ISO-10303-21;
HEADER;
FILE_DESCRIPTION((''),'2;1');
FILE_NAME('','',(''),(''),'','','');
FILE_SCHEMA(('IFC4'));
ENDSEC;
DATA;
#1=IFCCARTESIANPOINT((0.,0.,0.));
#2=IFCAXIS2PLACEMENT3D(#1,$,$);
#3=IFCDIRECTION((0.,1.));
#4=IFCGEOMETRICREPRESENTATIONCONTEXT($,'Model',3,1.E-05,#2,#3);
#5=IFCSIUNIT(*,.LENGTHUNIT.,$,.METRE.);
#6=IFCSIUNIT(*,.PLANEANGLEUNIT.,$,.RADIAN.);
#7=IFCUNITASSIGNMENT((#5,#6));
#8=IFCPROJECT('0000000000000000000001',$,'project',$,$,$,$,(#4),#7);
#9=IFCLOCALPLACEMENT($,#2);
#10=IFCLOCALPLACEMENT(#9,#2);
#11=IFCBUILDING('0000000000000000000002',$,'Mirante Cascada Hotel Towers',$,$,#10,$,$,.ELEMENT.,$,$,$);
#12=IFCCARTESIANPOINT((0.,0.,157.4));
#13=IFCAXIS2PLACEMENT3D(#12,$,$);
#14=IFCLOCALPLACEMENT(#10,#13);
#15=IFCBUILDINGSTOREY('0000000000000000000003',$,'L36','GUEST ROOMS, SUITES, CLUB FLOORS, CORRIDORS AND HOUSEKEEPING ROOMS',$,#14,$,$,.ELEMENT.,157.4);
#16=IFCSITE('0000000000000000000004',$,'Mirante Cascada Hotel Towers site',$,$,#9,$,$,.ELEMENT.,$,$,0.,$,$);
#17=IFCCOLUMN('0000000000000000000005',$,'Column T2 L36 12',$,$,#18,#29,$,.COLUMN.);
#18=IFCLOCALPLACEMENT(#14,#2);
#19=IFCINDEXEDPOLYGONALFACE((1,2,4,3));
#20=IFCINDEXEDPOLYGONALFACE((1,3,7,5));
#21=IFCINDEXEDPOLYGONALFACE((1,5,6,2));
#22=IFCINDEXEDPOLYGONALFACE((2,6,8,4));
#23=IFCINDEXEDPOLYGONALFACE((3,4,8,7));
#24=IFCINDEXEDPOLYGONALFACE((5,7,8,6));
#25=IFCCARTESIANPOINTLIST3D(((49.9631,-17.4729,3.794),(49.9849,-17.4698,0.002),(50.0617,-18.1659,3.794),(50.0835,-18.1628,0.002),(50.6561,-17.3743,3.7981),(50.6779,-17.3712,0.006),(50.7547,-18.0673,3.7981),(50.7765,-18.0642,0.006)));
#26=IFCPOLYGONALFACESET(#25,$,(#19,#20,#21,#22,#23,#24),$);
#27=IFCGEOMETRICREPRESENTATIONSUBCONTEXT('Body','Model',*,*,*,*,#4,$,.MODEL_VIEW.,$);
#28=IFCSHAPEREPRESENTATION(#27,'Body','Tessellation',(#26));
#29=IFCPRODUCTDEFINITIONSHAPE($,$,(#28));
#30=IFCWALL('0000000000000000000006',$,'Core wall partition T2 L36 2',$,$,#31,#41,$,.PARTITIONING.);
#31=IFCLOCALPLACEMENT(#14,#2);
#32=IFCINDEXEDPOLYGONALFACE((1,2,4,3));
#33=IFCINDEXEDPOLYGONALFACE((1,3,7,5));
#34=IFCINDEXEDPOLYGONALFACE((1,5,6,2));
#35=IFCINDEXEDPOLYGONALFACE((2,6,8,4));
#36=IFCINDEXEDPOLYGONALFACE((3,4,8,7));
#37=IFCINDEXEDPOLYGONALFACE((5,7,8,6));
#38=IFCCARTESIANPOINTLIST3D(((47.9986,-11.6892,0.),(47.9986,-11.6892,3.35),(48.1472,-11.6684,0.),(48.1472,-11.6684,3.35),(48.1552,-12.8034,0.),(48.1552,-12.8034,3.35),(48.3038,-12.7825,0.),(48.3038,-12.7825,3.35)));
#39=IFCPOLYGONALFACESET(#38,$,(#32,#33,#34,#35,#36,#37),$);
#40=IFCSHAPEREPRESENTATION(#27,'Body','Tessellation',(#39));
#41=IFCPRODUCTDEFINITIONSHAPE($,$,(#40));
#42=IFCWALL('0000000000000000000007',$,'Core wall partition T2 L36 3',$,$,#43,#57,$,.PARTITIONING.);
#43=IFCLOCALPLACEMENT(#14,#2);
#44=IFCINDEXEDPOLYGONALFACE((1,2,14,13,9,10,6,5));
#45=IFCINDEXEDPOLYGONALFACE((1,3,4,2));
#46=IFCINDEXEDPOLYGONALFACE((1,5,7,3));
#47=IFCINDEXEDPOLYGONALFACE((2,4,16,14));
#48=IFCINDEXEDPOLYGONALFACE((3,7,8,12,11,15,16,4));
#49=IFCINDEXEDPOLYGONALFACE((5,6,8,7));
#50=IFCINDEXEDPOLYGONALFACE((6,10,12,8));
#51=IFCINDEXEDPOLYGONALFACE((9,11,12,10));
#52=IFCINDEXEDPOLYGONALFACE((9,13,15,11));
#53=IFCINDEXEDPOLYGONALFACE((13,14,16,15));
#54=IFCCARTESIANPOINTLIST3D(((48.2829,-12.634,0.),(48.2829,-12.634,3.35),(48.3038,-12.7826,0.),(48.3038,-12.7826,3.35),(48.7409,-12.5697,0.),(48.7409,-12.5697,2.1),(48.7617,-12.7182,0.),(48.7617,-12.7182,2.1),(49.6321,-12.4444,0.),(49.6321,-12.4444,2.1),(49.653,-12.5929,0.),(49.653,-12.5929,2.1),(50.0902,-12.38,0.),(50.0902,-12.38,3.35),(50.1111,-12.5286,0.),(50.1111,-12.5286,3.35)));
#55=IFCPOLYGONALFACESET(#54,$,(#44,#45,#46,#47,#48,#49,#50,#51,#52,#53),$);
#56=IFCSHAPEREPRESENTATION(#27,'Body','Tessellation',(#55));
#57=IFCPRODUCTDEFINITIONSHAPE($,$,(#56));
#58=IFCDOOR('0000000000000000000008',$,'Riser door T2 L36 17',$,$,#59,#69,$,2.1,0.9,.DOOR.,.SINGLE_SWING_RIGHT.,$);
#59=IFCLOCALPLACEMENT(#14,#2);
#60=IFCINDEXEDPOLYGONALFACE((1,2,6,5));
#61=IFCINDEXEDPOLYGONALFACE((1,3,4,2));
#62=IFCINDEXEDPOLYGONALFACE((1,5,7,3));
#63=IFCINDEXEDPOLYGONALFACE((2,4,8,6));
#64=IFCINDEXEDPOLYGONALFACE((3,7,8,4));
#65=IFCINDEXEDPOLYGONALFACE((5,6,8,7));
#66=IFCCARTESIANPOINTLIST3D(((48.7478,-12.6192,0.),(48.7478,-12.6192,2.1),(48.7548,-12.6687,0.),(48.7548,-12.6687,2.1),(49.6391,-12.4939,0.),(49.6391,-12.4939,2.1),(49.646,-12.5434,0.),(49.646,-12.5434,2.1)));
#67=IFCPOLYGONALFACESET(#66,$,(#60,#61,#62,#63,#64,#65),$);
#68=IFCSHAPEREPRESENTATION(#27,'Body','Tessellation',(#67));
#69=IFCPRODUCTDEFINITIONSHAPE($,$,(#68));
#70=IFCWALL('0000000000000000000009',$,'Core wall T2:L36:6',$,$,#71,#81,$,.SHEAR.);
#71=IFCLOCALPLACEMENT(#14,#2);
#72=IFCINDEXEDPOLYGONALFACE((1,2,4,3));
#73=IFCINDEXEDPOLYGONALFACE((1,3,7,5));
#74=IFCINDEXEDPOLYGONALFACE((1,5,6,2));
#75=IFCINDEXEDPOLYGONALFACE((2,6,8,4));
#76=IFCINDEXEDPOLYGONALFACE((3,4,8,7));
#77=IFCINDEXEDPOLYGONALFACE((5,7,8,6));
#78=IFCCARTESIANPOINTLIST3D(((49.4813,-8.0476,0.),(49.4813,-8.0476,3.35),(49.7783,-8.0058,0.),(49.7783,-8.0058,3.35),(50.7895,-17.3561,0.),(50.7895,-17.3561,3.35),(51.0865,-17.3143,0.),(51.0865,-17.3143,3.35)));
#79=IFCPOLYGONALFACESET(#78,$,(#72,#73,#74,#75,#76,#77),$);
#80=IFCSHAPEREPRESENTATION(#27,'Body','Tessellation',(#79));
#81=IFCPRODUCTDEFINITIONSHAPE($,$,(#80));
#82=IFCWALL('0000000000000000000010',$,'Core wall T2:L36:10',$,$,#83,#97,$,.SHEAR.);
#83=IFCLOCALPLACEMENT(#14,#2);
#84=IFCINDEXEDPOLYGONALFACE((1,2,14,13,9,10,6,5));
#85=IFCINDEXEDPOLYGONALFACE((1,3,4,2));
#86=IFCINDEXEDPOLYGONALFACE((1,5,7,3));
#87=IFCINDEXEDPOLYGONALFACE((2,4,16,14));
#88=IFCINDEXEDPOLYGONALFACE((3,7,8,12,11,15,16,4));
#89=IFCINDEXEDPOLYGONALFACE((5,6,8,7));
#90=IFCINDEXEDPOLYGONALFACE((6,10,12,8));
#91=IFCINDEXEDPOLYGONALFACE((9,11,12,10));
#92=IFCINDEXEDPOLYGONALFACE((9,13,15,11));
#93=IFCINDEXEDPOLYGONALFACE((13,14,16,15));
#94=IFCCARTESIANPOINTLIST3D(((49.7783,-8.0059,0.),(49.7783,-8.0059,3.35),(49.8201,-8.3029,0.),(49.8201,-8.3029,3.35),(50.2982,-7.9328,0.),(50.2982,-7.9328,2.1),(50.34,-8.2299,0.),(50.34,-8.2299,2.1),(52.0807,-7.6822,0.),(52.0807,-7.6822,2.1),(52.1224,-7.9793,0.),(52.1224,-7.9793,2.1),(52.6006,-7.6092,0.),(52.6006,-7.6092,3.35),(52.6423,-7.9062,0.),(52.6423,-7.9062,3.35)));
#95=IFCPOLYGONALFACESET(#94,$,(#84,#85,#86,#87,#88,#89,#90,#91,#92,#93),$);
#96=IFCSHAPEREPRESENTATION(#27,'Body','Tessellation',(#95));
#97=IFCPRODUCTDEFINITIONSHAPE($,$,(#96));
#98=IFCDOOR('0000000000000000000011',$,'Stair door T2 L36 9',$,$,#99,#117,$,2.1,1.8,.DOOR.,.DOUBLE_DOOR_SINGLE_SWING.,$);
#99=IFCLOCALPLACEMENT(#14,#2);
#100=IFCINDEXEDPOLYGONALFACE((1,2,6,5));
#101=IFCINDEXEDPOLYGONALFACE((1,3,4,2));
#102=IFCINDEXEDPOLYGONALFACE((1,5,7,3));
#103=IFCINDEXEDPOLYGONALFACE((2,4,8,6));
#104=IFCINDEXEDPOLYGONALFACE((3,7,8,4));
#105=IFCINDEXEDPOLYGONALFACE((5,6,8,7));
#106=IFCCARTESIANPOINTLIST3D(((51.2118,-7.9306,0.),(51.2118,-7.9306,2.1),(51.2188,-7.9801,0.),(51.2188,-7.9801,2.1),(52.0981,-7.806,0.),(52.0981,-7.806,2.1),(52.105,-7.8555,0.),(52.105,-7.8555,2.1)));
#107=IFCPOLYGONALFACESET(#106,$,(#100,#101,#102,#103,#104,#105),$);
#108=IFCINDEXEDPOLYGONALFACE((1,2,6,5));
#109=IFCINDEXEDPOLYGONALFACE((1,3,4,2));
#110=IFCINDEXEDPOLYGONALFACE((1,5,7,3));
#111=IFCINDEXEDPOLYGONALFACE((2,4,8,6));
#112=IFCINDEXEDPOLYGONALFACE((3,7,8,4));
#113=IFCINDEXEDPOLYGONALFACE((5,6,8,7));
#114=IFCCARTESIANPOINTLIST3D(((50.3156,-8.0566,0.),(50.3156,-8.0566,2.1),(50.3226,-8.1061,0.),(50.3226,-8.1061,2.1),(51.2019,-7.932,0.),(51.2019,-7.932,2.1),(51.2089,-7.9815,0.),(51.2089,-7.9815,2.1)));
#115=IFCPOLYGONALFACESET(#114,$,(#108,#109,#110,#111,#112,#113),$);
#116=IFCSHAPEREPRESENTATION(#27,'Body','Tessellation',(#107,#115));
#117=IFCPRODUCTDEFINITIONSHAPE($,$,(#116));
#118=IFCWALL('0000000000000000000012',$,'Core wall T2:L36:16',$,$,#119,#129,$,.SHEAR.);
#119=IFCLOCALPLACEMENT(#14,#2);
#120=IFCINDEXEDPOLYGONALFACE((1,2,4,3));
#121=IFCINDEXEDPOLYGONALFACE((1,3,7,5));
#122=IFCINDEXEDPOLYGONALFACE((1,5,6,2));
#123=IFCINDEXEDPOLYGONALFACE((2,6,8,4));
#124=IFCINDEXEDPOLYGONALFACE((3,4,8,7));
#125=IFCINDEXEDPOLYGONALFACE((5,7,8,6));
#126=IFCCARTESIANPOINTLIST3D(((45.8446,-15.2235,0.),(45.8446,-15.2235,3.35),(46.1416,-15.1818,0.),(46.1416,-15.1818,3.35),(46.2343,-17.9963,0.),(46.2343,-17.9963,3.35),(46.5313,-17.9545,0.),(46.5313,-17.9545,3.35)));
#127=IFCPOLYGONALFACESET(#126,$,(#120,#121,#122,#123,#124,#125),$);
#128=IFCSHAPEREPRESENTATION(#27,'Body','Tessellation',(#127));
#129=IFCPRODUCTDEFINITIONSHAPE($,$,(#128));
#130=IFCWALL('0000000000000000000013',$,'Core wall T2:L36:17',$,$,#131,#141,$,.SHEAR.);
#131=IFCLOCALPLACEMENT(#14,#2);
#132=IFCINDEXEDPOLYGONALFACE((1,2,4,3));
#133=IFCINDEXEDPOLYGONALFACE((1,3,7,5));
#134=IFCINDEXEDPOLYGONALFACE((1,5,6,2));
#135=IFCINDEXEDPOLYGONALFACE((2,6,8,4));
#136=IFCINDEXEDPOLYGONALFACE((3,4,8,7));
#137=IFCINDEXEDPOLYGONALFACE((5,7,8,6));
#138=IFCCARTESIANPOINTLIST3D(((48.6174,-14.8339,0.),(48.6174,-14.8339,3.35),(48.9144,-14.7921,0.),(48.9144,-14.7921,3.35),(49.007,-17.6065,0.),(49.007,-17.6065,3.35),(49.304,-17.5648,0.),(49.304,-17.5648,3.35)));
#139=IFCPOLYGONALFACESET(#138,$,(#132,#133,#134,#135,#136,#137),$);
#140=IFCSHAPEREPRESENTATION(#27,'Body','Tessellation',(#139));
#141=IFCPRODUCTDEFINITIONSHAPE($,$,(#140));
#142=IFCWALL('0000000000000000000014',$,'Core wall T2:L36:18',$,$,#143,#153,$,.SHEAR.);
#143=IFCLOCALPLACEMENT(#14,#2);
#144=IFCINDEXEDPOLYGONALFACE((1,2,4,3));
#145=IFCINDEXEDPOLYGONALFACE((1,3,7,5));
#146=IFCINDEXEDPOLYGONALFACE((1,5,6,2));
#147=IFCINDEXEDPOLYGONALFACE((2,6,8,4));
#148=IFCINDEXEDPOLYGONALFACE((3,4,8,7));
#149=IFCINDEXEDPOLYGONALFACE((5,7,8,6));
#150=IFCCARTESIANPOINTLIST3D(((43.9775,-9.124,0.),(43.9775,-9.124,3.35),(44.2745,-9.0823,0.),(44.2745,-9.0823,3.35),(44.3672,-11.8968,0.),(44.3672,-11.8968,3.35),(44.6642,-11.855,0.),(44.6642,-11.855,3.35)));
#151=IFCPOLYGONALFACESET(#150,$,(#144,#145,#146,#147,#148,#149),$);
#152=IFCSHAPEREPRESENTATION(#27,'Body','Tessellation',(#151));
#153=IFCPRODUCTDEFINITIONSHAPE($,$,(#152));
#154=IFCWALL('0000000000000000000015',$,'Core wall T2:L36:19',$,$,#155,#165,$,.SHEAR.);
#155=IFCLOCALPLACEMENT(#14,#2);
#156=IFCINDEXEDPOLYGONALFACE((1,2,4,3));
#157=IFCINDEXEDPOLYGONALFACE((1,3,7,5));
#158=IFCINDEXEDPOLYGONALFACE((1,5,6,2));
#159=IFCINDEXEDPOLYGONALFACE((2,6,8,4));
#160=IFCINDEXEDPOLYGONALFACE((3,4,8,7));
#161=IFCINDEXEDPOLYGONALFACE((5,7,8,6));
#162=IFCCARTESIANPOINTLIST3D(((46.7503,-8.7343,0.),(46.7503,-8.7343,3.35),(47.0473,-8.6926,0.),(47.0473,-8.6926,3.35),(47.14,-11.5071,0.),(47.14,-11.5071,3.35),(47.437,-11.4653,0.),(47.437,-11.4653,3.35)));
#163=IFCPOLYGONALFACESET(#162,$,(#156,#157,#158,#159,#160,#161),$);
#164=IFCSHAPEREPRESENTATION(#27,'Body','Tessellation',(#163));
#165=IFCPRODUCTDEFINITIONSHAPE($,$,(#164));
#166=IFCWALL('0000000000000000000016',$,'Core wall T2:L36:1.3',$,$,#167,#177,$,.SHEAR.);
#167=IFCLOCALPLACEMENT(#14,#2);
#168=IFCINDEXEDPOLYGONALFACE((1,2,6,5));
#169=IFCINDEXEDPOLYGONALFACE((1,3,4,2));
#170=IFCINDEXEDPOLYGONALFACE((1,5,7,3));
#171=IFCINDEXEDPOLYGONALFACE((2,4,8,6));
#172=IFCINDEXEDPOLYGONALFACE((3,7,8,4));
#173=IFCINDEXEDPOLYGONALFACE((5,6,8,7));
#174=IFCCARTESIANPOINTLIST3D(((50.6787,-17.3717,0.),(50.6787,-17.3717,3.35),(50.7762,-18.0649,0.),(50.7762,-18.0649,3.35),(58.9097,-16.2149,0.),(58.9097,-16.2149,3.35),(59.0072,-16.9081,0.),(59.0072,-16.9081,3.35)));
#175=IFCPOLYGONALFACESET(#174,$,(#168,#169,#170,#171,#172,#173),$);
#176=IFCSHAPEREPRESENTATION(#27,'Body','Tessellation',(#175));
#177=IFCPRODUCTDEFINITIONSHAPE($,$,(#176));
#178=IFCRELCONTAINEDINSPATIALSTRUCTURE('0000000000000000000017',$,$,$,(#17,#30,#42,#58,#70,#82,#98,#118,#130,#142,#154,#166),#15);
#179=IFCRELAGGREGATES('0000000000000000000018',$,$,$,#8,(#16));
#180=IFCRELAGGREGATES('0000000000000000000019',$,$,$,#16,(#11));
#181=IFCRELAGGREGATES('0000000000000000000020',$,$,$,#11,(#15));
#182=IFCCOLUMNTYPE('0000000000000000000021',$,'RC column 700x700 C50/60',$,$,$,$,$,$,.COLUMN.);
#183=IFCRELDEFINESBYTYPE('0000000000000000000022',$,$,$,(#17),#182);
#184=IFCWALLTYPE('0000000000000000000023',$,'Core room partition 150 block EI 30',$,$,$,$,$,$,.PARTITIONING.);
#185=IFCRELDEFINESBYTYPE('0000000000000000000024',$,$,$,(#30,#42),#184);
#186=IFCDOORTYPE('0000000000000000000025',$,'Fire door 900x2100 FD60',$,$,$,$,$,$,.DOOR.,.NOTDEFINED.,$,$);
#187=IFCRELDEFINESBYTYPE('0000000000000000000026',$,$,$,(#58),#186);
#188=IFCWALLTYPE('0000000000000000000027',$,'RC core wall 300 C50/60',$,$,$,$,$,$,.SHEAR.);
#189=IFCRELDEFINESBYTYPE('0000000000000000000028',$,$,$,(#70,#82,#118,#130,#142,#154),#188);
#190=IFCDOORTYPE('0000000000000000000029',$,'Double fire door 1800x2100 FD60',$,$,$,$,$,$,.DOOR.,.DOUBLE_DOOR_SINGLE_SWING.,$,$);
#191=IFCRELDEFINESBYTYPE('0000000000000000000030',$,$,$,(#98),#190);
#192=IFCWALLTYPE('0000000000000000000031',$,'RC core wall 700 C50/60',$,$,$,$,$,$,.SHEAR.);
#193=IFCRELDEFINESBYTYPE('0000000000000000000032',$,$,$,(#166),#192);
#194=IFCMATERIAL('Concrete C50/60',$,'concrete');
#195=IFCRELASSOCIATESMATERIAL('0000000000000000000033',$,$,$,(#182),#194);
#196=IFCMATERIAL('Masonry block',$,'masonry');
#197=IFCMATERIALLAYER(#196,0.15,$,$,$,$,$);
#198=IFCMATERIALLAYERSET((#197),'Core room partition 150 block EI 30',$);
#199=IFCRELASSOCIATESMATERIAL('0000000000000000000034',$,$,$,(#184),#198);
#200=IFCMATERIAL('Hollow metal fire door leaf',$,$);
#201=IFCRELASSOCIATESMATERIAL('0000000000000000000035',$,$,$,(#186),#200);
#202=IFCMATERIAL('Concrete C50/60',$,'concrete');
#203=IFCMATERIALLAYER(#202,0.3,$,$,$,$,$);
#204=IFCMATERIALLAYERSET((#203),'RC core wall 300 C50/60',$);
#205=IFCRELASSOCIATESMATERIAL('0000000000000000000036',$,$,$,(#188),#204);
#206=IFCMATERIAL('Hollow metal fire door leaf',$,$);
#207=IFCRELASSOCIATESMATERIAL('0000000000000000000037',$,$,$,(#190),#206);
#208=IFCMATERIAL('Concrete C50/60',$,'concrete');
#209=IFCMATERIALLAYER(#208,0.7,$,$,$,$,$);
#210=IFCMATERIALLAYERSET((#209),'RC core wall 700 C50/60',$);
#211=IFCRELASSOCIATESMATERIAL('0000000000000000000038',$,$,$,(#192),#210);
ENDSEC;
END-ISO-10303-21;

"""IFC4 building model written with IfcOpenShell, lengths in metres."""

from ifc_helpers import new_model, si_unit, direction, frame, frame_2d, origin, origin_2d, place, context, subcontext, project, spatial, rectangle, extrude, material, layer, layer_set, material_profile, profile_set, type_object, element, fill, save


model = new_model("IFC4")

# Units and contexts
model_context = context("Model", 3, precision=1e-05, world=origin(), true_north=direction((0.0, 1.0)))
body_context = subcontext(model_context, "Body", "Model", "MODEL_VIEW")
ifc_project = project(units=[si_unit("LENGTHUNIT", "METRE"), si_unit("PLANEANGLEUNIT", "RADIAN")], contexts=[model_context])

# Site, building, storey
site_placement = place(None, origin())
site = spatial("IfcSite", under=ifc_project, at=site_placement, Name="Mirante Cascada Hotel Towers site", CompositionType="ELEMENT", RefElevation=0.0)
building_placement = place(site_placement, origin())
building = spatial("IfcBuilding", under=site, at=building_placement, Name="Mirante Cascada Hotel Towers", CompositionType="ELEMENT")
storey_placement = place(building_placement, frame((0.0, 0.0, 157.4)))
storey = spatial("IfcBuildingStorey", under=building, at=storey_placement, Name="L36", Description="GUEST ROOMS, SUITES, CLUB FLOORS, CORRIDORS AND HOUSEKEEPING ROOMS", CompositionType="ELEMENT", Elevation=157.4)

# Column
ifc_material_1 = material(Name="Concrete C50/60", Category="concrete")
ifc_material_profile = material_profile(ifc_material_1, rectangle(XDim=0.7, YDim=0.7, at=origin_2d()), Name="RC column 700x700 C50/60")
ifc_profile_set = profile_set([ifc_material_profile], Name="Concrete C50/60")
column_type = type_object("IfcColumnType", Name="RC column 700x700 C50/60", PredefinedType="COLUMN", material=ifc_profile_set)
column_placement = place(storey_placement, frame((50.3807, -17.767, 0.004), z_axis=(-0.005749, -0.000817, 0.999983), x_axis=(0.140786, -0.99004, 0.0)))
element("IfcColumn", 1, at=column_placement, inside=storey, type_object=column_type, Name="Column T2 L36 12", PredefinedType="COLUMN", context=body_context, shape_type="SweptSolid", body=[
    extrude(rectangle(XDim=0.7, YDim=0.7, at=origin_2d()), origin(), (0.0, 0.0, 1.0), 3.7921),
])

# Wall
ifc_material_2 = material(Name="Masonry block", Category="masonry")
ifc_layer_1 = layer(ifc_material_2, 0.15)
ifc_layer_set_1 = layer_set([ifc_layer_1], Name="Core room partition 150 block EI 30")
wall_type_1 = type_object("IfcWallType", Name="Core room partition 150 block EI 30", PredefinedType="PARTITIONING", material=ifc_layer_set_1)
wall_1_placement = place(storey_placement, frame((48.2295, -12.793, 0.0), z_axis=(0.0, 0.0, 1.0), x_axis=(-0.139193, 0.990265, 0.0)))
element("IfcWall", 2, at=wall_1_placement, inside=storey, type_object=wall_type_1, Name="Core wall partition T2 L36 2", PredefinedType="PARTITIONING", context=body_context, shape_type="SweptSolid", body=[
    extrude(rectangle(XDim=1.1251, YDim=0.15, at=frame_2d((0.5626, 0.0))), origin(), (0.0, 0.0, 1.0), 3.35),
])

# Wall, opening, door
wall_2_placement = place(storey_placement, frame((48.2933, -12.7083, 0.0), z_axis=(0.0, 0.0, 1.0), x_axis=(0.990268, 0.139173, 0.0)))
wall_2 = element("IfcWall", 3, at=wall_2_placement, inside=storey, type_object=wall_type_1, Name="Core wall partition T2 L36 3", PredefinedType="PARTITIONING", context=body_context, shape_type="SweptSolid", body=[
    extrude(rectangle(XDim=1.8251, YDim=0.15, at=frame_2d((0.9126, 0.0))), origin(), (0.0, 0.0, 1.0), 3.35),
])
opening_1_placement = place(wall_2_placement, frame((0.4625, 0.0, 0.0)))
opening_1 = element("IfcOpeningElement", 4, at=opening_1_placement, cuts=wall_2, PredefinedType="OPENING", context=body_context, shape_type="SweptSolid", body=[
    extrude(rectangle(XDim=0.9, YDim=2.1, at=frame_2d((0.45, 1.05))), frame((0.0, 0.075, 0.0), z_axis=(0.0, -1.0, 0.0), x_axis=(1.0, 0.0, 0.0)), (0.0, 0.0, 1.0), 0.15),
])
ifc_material_3 = material(Name="Hollow metal fire door leaf")
door_type_1 = type_object("IfcDoorType", Name="Fire door 900x2100 FD60", OperationType="NOTDEFINED", PredefinedType="DOOR", material=ifc_material_3)
door_1_placement = place(opening_1_placement, frame((0.9, 0.0, 0.0), z_axis=(0.0, 0.0, 1.0), x_axis=(-1.0, 0.0, 0.0)))
door_1 = element("IfcDoor", 5, at=door_1_placement, inside=storey, type_object=door_type_1, Name="Riser door T2 L36 17", OperationType="SINGLE_SWING_RIGHT", OverallHeight=2.1, OverallWidth=0.9, PredefinedType="DOOR", context=body_context, shape_type="SweptSolid", body=[
    extrude(rectangle(XDim=0.9, YDim=2.1, at=frame_2d((0.45, 1.05))), frame((0.0, 0.025, 0.0), z_axis=(0.0, -1.0, 0.0), x_axis=(1.0, 0.0, 0.0)), (0.0, 0.0, 1.0), 0.05),
])
fill(opening_1, door_1)

# Wall
ifc_material_4 = material(Name="Concrete C50/60", Category="concrete")
ifc_layer_2 = layer(ifc_material_4, 0.3)
ifc_layer_set_2 = layer_set([ifc_layer_2], Name="RC core wall 300 C50/60")
wall_type_2 = type_object("IfcWallType", Name="RC core wall 300 C50/60", PredefinedType="SHEAR", material=ifc_layer_set_2)
wall_3_placement = place(storey_placement, frame((50.938, -17.3352, 0.0), z_axis=(0.0, 0.0, 1.0), x_axis=(-0.139171, 0.990268, 0.0)))
element("IfcWall", 6, at=wall_3_placement, inside=storey, type_object=wall_type_2, Name="Core wall T2:L36:6", PredefinedType="SHEAR", context=body_context, shape_type="SweptSolid", body=[
    extrude(rectangle(XDim=9.4, YDim=0.3, at=frame_2d((4.7, 0.0))), origin(), (0.0, 0.0, 1.0), 3.35),
])

# Wall, opening, door
wall_4_placement = place(storey_placement, frame((49.7992, -8.1544, 0.0), z_axis=(0.0, 0.0, 1.0), x_axis=(0.990266, 0.139191, 0.0)))
wall_4 = element("IfcWall", 7, at=wall_4_placement, inside=storey, type_object=wall_type_2, Name="Core wall T2:L36:10", PredefinedType="SHEAR", context=body_context, shape_type="SweptSolid", body=[
    extrude(rectangle(XDim=2.85, YDim=0.3, at=frame_2d((1.425, 0.0))), origin(), (0.0, 0.0, 1.0), 3.35),
])
opening_2_placement = place(wall_4_placement, frame((0.525, 0.0, 0.0)))
opening_2 = element("IfcOpeningElement", 8, at=opening_2_placement, cuts=wall_4, PredefinedType="OPENING", context=body_context, shape_type="SweptSolid", body=[
    extrude(rectangle(XDim=1.8, YDim=2.1, at=frame_2d((0.9, 1.05))), frame((0.0, 0.15, 0.0), z_axis=(0.0, -1.0, 0.0), x_axis=(1.0, 0.0, 0.0)), (0.0, 0.0, 1.0), 0.3),
])
ifc_material_5 = material(Name="Hollow metal fire door leaf")
door_type_2 = type_object("IfcDoorType", Name="Double fire door 1800x2100 FD60", OperationType="DOUBLE_DOOR_SINGLE_SWING", PredefinedType="DOOR", material=ifc_material_5)
door_2_placement = place(opening_2_placement, frame((1.8, 0.0, 0.0), z_axis=(0.0, 0.0, 1.0), x_axis=(-1.0, 0.0, 0.0)))
door_2 = element("IfcDoor", 9, at=door_2_placement, inside=storey, type_object=door_type_2, Name="Stair door T2 L36 9", OperationType="DOUBLE_DOOR_SINGLE_SWING", OverallHeight=2.1, OverallWidth=1.8, PredefinedType="DOOR", context=body_context, shape_type="SweptSolid", body=[
    extrude(rectangle(XDim=0.895, YDim=2.1, at=frame_2d((0.4475, 1.05))), frame((0.0, 0.025, 0.0), z_axis=(0.0, -1.0, 0.0), x_axis=(1.0, 0.0, 0.0)), (0.0, 0.0, 1.0), 0.05),
    extrude(rectangle(XDim=0.895, YDim=2.1, at=frame_2d((1.3525, 1.05))), frame((0.0, 0.025, 0.0), z_axis=(0.0, -1.0, 0.0), x_axis=(1.0, 0.0, 0.0)), (0.0, 0.0, 1.0), 0.05),
])
fill(opening_2, door_2)

# Walls
wall_5_placement = place(storey_placement, frame((46.3828, -17.9754, 0.0), z_axis=(0.0, 0.0, 1.0), x_axis=(-0.139181, 0.990267, 0.0)))
element("IfcWall", 10, at=wall_5_placement, inside=storey, type_object=wall_type_2, Name="Core wall T2:L36:16", PredefinedType="SHEAR", context=body_context, shape_type="SweptSolid", body=[
    extrude(rectangle(XDim=2.8, YDim=0.3, at=frame_2d((1.4, 0.0))), origin(), (0.0, 0.0, 1.0), 3.35),
])
wall_6_placement = place(storey_placement, frame((49.1555, -17.5857, 0.0), z_axis=(0.0, 0.0, 1.0), x_axis=(-0.139146, 0.990272, 0.0)))
element("IfcWall", 11, at=wall_6_placement, inside=storey, type_object=wall_type_2, Name="Core wall T2:L36:17", PredefinedType="SHEAR", context=body_context, shape_type="SweptSolid", body=[
    extrude(rectangle(XDim=2.7999, YDim=0.3, at=frame_2d((1.4, 0.0))), origin(), (0.0, 0.0, 1.0), 3.35),
])
for number, where, z_axis, x_axis, name in (
    (12, (44.5157, -11.8759, 0.0), (0.0, 0.0, 1.0), (-0.139181, 0.990267, 0.0), "Core wall T2:L36:18"),
    (13, (47.2885, -11.4862, 0.0), (0.0, 0.0, 1.0), (-0.139181, 0.990267, 0.0), "Core wall T2:L36:19"),
):
    element("IfcWall", number, at=place(storey_placement, frame(where, z_axis=z_axis, x_axis=x_axis)), inside=storey, type_object=wall_type_2, Name=name, PredefinedType="SHEAR", context=body_context, shape_type="SweptSolid", body=[
        extrude(rectangle(XDim=2.8, YDim=0.3, at=frame_2d((1.4, 0.0))), origin(), (0.0, 0.0, 1.0), 3.35),
    ])
ifc_material_6 = material(Name="Concrete C50/60", Category="concrete")
ifc_layer_3 = layer(ifc_material_6, 0.7)
ifc_layer_set_3 = layer_set([ifc_layer_3], Name="RC core wall 700 C50/60")
wall_type_3 = type_object("IfcWallType", Name="RC core wall 700 C50/60", PredefinedType="SHEAR", material=ifc_layer_set_3)
wall_7_placement = place(storey_placement, frame((50.7274, -17.7183, 0.0), z_axis=(0.0, 0.0, 1.0), x_axis=(0.990268, 0.139174, 0.0)))
element("IfcWall", 14, at=wall_7_placement, inside=storey, type_object=wall_type_3, Name="Core wall T2:L36:1.3", PredefinedType="SHEAR", context=body_context, shape_type="SweptSolid", body=[
    extrude(rectangle(XDim=8.3119, YDim=0.7, at=frame_2d((4.156, 0.0))), origin(), (0.0, 0.0, 1.0), 3.35),
])

save(model, "model.ifc")
